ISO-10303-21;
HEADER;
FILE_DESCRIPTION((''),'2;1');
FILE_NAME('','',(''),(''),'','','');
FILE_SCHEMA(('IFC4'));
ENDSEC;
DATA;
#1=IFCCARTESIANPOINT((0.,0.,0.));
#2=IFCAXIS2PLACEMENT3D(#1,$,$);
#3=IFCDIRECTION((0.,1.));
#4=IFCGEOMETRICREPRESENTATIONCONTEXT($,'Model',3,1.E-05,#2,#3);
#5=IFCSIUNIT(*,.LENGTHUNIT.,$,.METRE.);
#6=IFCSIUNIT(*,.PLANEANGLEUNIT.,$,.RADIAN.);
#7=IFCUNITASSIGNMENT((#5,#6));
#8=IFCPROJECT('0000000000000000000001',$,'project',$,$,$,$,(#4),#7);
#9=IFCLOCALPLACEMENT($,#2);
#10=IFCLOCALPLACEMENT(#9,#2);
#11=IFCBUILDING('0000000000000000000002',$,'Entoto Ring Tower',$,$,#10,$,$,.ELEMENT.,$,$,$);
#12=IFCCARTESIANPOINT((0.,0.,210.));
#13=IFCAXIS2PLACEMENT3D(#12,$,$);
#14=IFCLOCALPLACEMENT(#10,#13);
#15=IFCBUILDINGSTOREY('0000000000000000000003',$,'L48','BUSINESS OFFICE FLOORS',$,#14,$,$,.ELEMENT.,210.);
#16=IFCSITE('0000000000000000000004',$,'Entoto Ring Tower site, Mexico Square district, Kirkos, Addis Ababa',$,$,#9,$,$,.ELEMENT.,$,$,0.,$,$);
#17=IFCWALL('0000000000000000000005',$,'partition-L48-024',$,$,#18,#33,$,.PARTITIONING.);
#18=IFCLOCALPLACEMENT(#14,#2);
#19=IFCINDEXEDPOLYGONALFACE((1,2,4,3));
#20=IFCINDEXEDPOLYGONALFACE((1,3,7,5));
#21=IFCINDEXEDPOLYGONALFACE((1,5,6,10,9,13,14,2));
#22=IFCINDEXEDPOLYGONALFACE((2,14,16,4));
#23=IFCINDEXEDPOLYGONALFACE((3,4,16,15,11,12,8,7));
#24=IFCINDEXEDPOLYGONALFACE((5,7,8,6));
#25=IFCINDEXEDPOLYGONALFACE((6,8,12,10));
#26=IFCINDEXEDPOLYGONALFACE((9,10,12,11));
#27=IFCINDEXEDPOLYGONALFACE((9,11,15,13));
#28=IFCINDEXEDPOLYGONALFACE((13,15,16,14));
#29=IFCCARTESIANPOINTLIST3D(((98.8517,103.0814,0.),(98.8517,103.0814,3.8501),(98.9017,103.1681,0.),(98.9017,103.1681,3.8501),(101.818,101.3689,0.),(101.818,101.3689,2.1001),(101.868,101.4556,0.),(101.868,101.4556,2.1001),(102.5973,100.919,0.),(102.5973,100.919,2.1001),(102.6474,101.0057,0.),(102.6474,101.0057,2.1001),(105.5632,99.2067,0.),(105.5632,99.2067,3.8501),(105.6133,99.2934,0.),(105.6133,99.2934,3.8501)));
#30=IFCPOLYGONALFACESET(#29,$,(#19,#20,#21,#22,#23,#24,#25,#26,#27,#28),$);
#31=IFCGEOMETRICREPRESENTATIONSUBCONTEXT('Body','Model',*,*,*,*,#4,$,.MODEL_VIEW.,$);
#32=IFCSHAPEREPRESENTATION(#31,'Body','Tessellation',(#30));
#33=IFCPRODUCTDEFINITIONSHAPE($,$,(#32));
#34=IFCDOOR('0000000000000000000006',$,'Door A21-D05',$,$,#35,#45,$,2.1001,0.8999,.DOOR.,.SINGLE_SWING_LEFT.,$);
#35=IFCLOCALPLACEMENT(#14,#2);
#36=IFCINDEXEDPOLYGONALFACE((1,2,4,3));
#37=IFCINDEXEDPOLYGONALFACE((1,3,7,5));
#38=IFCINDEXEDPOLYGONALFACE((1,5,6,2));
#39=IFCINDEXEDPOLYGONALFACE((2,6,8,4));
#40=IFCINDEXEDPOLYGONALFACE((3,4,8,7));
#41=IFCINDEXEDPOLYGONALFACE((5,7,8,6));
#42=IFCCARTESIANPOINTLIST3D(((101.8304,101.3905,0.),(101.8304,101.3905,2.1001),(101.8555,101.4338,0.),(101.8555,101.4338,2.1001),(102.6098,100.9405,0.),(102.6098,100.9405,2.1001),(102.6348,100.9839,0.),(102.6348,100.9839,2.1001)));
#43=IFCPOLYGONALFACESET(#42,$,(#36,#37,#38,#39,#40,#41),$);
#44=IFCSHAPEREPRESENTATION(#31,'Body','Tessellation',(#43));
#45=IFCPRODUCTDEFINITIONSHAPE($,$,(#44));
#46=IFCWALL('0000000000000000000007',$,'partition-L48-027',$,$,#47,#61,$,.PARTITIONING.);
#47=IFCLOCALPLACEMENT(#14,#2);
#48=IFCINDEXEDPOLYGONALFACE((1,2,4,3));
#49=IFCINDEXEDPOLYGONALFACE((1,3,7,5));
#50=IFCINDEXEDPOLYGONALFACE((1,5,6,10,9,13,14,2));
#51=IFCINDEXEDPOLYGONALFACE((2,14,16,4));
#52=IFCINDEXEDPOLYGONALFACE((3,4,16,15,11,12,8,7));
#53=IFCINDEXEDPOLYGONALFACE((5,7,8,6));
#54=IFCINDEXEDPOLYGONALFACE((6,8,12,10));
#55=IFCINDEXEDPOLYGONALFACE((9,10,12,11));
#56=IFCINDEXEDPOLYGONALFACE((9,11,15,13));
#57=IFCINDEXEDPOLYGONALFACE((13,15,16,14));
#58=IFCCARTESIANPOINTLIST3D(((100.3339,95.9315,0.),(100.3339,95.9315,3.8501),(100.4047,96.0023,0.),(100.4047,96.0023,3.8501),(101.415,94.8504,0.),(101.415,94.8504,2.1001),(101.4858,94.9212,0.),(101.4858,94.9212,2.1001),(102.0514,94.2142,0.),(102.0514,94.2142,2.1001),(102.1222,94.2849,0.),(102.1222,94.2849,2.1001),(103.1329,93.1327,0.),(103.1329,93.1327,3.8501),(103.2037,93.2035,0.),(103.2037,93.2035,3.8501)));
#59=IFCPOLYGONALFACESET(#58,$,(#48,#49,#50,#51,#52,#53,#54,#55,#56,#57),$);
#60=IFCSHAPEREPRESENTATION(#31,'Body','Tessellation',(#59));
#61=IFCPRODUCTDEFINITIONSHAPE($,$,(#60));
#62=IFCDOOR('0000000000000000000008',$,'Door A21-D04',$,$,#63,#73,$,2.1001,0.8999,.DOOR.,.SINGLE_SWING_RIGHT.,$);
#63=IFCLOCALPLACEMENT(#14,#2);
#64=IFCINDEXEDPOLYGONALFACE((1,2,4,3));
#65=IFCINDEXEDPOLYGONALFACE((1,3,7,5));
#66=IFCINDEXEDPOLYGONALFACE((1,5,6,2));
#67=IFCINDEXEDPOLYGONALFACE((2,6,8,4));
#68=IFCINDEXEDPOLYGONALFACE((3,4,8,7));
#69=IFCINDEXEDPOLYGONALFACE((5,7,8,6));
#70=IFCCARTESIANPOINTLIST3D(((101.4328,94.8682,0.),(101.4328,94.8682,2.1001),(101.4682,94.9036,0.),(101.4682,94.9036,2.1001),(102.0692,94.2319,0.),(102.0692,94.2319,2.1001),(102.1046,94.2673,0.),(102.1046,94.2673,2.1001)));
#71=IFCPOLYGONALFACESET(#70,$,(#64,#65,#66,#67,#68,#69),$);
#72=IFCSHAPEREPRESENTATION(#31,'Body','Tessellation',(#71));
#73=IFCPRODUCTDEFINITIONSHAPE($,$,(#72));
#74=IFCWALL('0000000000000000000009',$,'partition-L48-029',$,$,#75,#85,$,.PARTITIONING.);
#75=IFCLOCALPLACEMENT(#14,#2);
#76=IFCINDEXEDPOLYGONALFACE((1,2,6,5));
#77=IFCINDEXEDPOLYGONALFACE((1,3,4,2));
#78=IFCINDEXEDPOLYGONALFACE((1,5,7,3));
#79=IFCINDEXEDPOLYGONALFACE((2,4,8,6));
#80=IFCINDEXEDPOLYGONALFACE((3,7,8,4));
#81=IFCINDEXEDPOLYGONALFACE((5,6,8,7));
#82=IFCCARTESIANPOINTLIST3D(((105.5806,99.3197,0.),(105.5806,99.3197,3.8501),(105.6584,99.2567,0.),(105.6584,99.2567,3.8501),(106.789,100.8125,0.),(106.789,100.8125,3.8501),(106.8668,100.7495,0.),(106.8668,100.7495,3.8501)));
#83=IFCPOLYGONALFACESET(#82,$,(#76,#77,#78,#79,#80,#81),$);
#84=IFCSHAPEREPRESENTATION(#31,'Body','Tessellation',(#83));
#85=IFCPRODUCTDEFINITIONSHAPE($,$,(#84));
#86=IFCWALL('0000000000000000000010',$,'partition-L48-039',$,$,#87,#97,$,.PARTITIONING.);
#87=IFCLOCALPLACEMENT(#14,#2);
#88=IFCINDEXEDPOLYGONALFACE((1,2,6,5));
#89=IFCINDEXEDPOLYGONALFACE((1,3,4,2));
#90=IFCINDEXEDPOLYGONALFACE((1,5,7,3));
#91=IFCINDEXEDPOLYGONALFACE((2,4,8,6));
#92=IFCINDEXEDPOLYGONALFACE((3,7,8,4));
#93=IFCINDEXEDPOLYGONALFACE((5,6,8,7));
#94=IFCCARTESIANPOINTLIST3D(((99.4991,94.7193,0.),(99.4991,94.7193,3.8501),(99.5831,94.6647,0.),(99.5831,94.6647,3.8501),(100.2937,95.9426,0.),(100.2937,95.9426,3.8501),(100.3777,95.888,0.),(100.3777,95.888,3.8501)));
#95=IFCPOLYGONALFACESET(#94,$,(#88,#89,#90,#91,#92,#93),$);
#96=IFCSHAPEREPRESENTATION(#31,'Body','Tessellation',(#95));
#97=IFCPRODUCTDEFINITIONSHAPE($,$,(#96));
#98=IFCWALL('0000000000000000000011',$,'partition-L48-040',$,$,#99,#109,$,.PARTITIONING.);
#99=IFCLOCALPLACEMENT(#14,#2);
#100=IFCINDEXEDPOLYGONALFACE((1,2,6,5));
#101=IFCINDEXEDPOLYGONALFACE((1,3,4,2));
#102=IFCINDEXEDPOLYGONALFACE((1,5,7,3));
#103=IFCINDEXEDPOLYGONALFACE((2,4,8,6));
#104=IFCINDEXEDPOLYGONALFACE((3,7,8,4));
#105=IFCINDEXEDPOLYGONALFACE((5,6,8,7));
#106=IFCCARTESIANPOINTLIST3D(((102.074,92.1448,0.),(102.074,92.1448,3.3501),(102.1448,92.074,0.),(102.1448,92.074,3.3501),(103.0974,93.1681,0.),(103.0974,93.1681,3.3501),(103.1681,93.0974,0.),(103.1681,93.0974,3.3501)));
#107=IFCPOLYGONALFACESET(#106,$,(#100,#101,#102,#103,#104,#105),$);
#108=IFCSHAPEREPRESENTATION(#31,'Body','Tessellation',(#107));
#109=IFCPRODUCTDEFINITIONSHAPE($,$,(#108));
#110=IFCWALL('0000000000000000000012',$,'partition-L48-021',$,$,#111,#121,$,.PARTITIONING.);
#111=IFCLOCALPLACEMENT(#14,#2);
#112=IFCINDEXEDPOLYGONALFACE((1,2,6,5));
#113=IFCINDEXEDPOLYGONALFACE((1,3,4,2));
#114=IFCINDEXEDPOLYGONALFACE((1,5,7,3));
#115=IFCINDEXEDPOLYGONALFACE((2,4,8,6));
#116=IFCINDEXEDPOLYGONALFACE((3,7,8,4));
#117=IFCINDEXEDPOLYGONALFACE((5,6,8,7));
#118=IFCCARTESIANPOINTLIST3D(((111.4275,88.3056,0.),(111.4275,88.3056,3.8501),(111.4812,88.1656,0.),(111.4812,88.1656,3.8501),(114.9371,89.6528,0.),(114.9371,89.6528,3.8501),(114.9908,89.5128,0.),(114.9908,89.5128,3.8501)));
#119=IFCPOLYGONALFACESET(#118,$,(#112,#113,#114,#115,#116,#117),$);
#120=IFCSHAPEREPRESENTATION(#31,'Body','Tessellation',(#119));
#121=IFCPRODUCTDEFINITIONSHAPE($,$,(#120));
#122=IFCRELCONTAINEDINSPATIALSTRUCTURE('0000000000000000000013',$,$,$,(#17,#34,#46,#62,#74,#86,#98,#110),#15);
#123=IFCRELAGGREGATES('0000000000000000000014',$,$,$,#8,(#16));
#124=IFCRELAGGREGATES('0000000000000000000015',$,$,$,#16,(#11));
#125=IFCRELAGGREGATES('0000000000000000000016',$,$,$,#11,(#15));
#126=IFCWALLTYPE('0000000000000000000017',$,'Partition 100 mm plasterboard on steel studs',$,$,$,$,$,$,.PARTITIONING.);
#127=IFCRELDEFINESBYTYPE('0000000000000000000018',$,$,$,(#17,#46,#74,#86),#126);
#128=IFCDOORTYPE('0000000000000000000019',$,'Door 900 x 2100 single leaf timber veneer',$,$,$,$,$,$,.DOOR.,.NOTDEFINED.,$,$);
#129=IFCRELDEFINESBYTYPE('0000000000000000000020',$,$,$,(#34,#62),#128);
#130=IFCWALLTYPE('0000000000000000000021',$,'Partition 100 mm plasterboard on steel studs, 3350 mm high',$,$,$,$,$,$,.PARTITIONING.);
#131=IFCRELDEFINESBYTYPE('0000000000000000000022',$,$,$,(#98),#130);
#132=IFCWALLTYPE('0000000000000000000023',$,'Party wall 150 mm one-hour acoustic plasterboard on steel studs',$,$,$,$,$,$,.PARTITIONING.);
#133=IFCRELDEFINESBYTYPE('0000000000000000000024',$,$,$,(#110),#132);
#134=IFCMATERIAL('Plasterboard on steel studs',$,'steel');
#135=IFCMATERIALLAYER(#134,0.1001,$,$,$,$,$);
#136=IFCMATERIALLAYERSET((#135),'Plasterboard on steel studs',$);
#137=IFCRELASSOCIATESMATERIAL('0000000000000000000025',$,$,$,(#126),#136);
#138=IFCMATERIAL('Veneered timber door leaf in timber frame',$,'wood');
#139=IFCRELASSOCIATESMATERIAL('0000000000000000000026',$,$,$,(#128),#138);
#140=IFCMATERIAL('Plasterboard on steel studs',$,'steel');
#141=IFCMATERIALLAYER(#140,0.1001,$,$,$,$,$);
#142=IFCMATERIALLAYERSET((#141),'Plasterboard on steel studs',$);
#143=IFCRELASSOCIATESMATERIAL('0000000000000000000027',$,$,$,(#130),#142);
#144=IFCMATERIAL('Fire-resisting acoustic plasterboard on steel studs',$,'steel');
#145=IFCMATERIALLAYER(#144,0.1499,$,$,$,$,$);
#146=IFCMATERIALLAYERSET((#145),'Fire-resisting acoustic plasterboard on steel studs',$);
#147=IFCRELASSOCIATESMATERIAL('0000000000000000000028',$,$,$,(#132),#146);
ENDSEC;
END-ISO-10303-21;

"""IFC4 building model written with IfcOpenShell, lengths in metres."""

from ifc_helpers import new_model, si_unit, direction, frame, frame_2d, origin, place, context, subcontext, project, spatial, rectangle, extrude, material, layer, layer_set, type_object, element, fill, save


model = new_model("IFC4")

# Units and contexts
model_context = context("Model", 3, precision=1e-05, world=origin(), true_north=direction((0.0, 1.0)))
body_context = subcontext(model_context, "Body", "Model", "MODEL_VIEW")
ifc_project = project(units=[si_unit("LENGTHUNIT", "METRE"), si_unit("PLANEANGLEUNIT", "RADIAN")], contexts=[model_context])

# Site, building, storey
site_placement = place(None, origin())
site = spatial("IfcSite", under=ifc_project, at=site_placement, Name="Entoto Ring Tower site, Mexico Square district, Kirkos, Addis Ababa", CompositionType="ELEMENT", RefElevation=0.0)
building_placement = place(site_placement, origin())
building = spatial("IfcBuilding", under=site, at=building_placement, Name="Entoto Ring Tower", CompositionType="ELEMENT")
storey_placement = place(building_placement, frame((0.0, 0.0, 210.0)))
storey = spatial("IfcBuildingStorey", under=building, at=storey_placement, Name="L48", Description="BUSINESS OFFICE FLOORS", CompositionType="ELEMENT", Elevation=210.0)

# Walls, openings, doors
ifc_material_1 = material(Name="Plasterboard on steel studs", Category="steel")
ifc_layer_1 = layer(ifc_material_1, 0.1001)
ifc_layer_set_1 = layer_set([ifc_layer_1], Name="Plasterboard on steel studs")
wall_type_1 = type_object("IfcWallType", Name="Partition 100 mm plasterboard on steel studs", PredefinedType="PARTITIONING", material=ifc_layer_set_1)
wall_1_placement = place(storey_placement, frame((105.5884, 99.25, 0.0), z_axis=(0.0, 0.0, 1.0), x_axis=(-0.866038, 0.499978, 0.0)))
wall_1 = element("IfcWall", 1, at=wall_1_placement, inside=storey, type_object=wall_type_1, Name="partition-L48-024", PredefinedType="PARTITIONING", context=body_context, shape_type="SweptSolid", body=[
    extrude(rectangle(XDim=7.7498, YDim=0.1001, at=frame_2d((3.875, 0.0))), origin(), (0.0, 0.0, 1.0), 3.8501),
])
opening_1_placement = place(wall_1_placement, frame((3.4248, 0.0, 0.0)))
opening_1 = element("IfcOpeningElement", 2, at=opening_1_placement, cuts=wall_1, PredefinedType="OPENING", context=body_context, shape_type="SweptSolid", body=[
    extrude(rectangle(XDim=0.8999, YDim=2.1001, at=frame_2d((0.45, 1.05))), frame((0.0, 0.0601, 0.0), z_axis=(0.0, -1.0, 0.0), x_axis=(1.0, 0.0, 0.0)), (0.0, 0.0, 1.0), 0.1201),
])
ifc_material_2 = material(Name="Veneered timber door leaf in timber frame", Category="wood")
door_type_1 = type_object("IfcDoorType", Name="Door 900 x 2100 single leaf timber veneer", OperationType="NOTDEFINED", PredefinedType="DOOR", material=ifc_material_2)
door_1_placement = place(opening_1_placement, frame((0.8999, 0.0, 0.0), z_axis=(0.0, 0.0, 1.0), x_axis=(-1.0, 0.0, 0.0)))
door_1 = element("IfcDoor", 3, at=door_1_placement, inside=storey, type_object=door_type_1, Name="Door A21-D05", OperationType="SINGLE_SWING_LEFT", OverallHeight=2.1001, OverallWidth=0.8999, PredefinedType="DOOR", context=body_context, shape_type="SweptSolid", body=[
    extrude(rectangle(XDim=0.8999, YDim=2.1001, at=frame_2d((0.45, 1.05))), frame((0.0, 0.0249, 0.0), z_axis=(0.0, -1.0, 0.0), x_axis=(1.0, 0.0, 0.0)), (0.0, 0.0, 1.0), 0.05),
])
fill(opening_1, door_1)
wall_2_placement = place(storey_placement, frame((103.1682, 93.1682, 0.0), z_axis=(0.0, 0.0, 1.0), x_axis=(-0.707138, 0.707076, 0.0)))
wall_2 = element("IfcWall", 4, at=wall_2_placement, inside=storey, type_object=wall_type_1, Name="partition-L48-027", PredefinedType="PARTITIONING", context=body_context, shape_type="SweptSolid", body=[
    extrude(rectangle(XDim=3.9583, YDim=0.1001, at=frame_2d((1.979, 0.0))), origin(), (0.0, 0.0, 1.0), 3.8501),
])
opening_2_placement = place(wall_2_placement, frame((1.5293, 0.0, 0.0)))
opening_2 = element("IfcOpeningElement", 5, at=opening_2_placement, cuts=wall_2, PredefinedType="OPENING", context=body_context, shape_type="SweptSolid", body=[
    extrude(rectangle(XDim=0.8999, YDim=2.1001, at=frame_2d((0.45, 1.05))), frame((0.0, 0.0601, 0.0), z_axis=(0.0, -1.0, 0.0), x_axis=(1.0, 0.0, 0.0)), (0.0, 0.0, 1.0), 0.1201),
])
door_2_placement = place(opening_2_placement, origin())
door_2 = element("IfcDoor", 6, at=door_2_placement, inside=storey, type_object=door_type_1, Name="Door A21-D04", OperationType="SINGLE_SWING_RIGHT", OverallHeight=2.1001, OverallWidth=0.8999, PredefinedType="DOOR", context=body_context, shape_type="SweptSolid", body=[
    extrude(rectangle(XDim=0.8999, YDim=2.1001, at=frame_2d((0.45, 1.05))), frame((0.0, 0.0249, 0.0), z_axis=(0.0, -1.0, 0.0), x_axis=(1.0, 0.0, 0.0)), (0.0, 0.0, 1.0), 0.05),
])
fill(opening_2, door_2)

# Walls
wall_3_placement = place(storey_placement, frame((105.6194, 99.2881, 0.0), z_axis=(0.0, 0.0, 1.0), x_axis=(0.62918, 0.77726, 0.0)))
element("IfcWall", 7, at=wall_3_placement, inside=storey, type_object=wall_type_1, Name="partition-L48-029", PredefinedType="PARTITIONING", context=body_context, shape_type="SweptSolid", body=[
    extrude(rectangle(XDim=1.9207, YDim=0.1001, at=frame_2d((0.9604, 0.0))), origin(), (0.0, 0.0, 1.0), 3.8501),
])
wall_4_placement = place(storey_placement, frame((99.541, 94.6919, 0.0), z_axis=(0.0, 0.0, 1.0), x_axis=(0.544735, 0.838608, 0.0)))
element("IfcWall", 8, at=wall_4_placement, inside=storey, type_object=wall_type_1, Name="partition-L48-039", PredefinedType="PARTITIONING", context=body_context, shape_type="SweptSolid", body=[
    extrude(rectangle(XDim=1.4587, YDim=0.1001, at=frame_2d((0.7295, 0.0))), origin(), (0.0, 0.0, 1.0), 3.8501),
])
ifc_material_3 = material(Name="Plasterboard on steel studs", Category="steel")
ifc_layer_2 = layer(ifc_material_3, 0.1001)
ifc_layer_set_2 = layer_set([ifc_layer_2], Name="Plasterboard on steel studs")
wall_type_2 = type_object("IfcWallType", Name="Partition 100 mm plasterboard on steel studs, 3350 mm high", PredefinedType="PARTITIONING", material=ifc_layer_set_2)
wall_5_placement = place(storey_placement, frame((102.1094, 92.1094, 0.0), z_axis=(0.0, 0.0, 1.0), x_axis=(0.707107, 0.707107, 0.0)))
element("IfcWall", 9, at=wall_5_placement, inside=storey, type_object=wall_type_2, Name="partition-L48-040", PredefinedType="PARTITIONING", context=body_context, shape_type="SweptSolid", body=[
    extrude(rectangle(XDim=1.4473, YDim=0.1001, at=frame_2d((0.7236, 0.0))), origin(), (0.0, 0.0, 1.0), 3.3501),
])
ifc_material_4 = material(Name="Fire-resisting acoustic plasterboard on steel studs", Category="steel")
ifc_layer_3 = layer(ifc_material_4, 0.1499)
ifc_layer_set_3 = layer_set([ifc_layer_3], Name="Fire-resisting acoustic plasterboard on steel studs")
wall_type_3 = type_object("IfcWallType", Name="Party wall 150 mm one-hour acoustic plasterboard on steel studs", PredefinedType="PARTITIONING", material=ifc_layer_set_3)
wall_6_placement = place(storey_placement, frame((111.4543, 88.2356, 0.0), z_axis=(0.0, 0.0, 1.0), x_axis=(0.933581, 0.358365, 0.0)))
element("IfcWall", 10, at=wall_6_placement, inside=storey, type_object=wall_type_3, Name="partition-L48-021", PredefinedType="PARTITIONING", context=body_context, shape_type="SweptSolid", body=[
    extrude(rectangle(XDim=3.7593, YDim=0.1499, at=frame_2d((1.8796, 0.0))), origin(), (0.0, 0.0, 1.0), 3.8501),
])

save(model, "model.ifc")
